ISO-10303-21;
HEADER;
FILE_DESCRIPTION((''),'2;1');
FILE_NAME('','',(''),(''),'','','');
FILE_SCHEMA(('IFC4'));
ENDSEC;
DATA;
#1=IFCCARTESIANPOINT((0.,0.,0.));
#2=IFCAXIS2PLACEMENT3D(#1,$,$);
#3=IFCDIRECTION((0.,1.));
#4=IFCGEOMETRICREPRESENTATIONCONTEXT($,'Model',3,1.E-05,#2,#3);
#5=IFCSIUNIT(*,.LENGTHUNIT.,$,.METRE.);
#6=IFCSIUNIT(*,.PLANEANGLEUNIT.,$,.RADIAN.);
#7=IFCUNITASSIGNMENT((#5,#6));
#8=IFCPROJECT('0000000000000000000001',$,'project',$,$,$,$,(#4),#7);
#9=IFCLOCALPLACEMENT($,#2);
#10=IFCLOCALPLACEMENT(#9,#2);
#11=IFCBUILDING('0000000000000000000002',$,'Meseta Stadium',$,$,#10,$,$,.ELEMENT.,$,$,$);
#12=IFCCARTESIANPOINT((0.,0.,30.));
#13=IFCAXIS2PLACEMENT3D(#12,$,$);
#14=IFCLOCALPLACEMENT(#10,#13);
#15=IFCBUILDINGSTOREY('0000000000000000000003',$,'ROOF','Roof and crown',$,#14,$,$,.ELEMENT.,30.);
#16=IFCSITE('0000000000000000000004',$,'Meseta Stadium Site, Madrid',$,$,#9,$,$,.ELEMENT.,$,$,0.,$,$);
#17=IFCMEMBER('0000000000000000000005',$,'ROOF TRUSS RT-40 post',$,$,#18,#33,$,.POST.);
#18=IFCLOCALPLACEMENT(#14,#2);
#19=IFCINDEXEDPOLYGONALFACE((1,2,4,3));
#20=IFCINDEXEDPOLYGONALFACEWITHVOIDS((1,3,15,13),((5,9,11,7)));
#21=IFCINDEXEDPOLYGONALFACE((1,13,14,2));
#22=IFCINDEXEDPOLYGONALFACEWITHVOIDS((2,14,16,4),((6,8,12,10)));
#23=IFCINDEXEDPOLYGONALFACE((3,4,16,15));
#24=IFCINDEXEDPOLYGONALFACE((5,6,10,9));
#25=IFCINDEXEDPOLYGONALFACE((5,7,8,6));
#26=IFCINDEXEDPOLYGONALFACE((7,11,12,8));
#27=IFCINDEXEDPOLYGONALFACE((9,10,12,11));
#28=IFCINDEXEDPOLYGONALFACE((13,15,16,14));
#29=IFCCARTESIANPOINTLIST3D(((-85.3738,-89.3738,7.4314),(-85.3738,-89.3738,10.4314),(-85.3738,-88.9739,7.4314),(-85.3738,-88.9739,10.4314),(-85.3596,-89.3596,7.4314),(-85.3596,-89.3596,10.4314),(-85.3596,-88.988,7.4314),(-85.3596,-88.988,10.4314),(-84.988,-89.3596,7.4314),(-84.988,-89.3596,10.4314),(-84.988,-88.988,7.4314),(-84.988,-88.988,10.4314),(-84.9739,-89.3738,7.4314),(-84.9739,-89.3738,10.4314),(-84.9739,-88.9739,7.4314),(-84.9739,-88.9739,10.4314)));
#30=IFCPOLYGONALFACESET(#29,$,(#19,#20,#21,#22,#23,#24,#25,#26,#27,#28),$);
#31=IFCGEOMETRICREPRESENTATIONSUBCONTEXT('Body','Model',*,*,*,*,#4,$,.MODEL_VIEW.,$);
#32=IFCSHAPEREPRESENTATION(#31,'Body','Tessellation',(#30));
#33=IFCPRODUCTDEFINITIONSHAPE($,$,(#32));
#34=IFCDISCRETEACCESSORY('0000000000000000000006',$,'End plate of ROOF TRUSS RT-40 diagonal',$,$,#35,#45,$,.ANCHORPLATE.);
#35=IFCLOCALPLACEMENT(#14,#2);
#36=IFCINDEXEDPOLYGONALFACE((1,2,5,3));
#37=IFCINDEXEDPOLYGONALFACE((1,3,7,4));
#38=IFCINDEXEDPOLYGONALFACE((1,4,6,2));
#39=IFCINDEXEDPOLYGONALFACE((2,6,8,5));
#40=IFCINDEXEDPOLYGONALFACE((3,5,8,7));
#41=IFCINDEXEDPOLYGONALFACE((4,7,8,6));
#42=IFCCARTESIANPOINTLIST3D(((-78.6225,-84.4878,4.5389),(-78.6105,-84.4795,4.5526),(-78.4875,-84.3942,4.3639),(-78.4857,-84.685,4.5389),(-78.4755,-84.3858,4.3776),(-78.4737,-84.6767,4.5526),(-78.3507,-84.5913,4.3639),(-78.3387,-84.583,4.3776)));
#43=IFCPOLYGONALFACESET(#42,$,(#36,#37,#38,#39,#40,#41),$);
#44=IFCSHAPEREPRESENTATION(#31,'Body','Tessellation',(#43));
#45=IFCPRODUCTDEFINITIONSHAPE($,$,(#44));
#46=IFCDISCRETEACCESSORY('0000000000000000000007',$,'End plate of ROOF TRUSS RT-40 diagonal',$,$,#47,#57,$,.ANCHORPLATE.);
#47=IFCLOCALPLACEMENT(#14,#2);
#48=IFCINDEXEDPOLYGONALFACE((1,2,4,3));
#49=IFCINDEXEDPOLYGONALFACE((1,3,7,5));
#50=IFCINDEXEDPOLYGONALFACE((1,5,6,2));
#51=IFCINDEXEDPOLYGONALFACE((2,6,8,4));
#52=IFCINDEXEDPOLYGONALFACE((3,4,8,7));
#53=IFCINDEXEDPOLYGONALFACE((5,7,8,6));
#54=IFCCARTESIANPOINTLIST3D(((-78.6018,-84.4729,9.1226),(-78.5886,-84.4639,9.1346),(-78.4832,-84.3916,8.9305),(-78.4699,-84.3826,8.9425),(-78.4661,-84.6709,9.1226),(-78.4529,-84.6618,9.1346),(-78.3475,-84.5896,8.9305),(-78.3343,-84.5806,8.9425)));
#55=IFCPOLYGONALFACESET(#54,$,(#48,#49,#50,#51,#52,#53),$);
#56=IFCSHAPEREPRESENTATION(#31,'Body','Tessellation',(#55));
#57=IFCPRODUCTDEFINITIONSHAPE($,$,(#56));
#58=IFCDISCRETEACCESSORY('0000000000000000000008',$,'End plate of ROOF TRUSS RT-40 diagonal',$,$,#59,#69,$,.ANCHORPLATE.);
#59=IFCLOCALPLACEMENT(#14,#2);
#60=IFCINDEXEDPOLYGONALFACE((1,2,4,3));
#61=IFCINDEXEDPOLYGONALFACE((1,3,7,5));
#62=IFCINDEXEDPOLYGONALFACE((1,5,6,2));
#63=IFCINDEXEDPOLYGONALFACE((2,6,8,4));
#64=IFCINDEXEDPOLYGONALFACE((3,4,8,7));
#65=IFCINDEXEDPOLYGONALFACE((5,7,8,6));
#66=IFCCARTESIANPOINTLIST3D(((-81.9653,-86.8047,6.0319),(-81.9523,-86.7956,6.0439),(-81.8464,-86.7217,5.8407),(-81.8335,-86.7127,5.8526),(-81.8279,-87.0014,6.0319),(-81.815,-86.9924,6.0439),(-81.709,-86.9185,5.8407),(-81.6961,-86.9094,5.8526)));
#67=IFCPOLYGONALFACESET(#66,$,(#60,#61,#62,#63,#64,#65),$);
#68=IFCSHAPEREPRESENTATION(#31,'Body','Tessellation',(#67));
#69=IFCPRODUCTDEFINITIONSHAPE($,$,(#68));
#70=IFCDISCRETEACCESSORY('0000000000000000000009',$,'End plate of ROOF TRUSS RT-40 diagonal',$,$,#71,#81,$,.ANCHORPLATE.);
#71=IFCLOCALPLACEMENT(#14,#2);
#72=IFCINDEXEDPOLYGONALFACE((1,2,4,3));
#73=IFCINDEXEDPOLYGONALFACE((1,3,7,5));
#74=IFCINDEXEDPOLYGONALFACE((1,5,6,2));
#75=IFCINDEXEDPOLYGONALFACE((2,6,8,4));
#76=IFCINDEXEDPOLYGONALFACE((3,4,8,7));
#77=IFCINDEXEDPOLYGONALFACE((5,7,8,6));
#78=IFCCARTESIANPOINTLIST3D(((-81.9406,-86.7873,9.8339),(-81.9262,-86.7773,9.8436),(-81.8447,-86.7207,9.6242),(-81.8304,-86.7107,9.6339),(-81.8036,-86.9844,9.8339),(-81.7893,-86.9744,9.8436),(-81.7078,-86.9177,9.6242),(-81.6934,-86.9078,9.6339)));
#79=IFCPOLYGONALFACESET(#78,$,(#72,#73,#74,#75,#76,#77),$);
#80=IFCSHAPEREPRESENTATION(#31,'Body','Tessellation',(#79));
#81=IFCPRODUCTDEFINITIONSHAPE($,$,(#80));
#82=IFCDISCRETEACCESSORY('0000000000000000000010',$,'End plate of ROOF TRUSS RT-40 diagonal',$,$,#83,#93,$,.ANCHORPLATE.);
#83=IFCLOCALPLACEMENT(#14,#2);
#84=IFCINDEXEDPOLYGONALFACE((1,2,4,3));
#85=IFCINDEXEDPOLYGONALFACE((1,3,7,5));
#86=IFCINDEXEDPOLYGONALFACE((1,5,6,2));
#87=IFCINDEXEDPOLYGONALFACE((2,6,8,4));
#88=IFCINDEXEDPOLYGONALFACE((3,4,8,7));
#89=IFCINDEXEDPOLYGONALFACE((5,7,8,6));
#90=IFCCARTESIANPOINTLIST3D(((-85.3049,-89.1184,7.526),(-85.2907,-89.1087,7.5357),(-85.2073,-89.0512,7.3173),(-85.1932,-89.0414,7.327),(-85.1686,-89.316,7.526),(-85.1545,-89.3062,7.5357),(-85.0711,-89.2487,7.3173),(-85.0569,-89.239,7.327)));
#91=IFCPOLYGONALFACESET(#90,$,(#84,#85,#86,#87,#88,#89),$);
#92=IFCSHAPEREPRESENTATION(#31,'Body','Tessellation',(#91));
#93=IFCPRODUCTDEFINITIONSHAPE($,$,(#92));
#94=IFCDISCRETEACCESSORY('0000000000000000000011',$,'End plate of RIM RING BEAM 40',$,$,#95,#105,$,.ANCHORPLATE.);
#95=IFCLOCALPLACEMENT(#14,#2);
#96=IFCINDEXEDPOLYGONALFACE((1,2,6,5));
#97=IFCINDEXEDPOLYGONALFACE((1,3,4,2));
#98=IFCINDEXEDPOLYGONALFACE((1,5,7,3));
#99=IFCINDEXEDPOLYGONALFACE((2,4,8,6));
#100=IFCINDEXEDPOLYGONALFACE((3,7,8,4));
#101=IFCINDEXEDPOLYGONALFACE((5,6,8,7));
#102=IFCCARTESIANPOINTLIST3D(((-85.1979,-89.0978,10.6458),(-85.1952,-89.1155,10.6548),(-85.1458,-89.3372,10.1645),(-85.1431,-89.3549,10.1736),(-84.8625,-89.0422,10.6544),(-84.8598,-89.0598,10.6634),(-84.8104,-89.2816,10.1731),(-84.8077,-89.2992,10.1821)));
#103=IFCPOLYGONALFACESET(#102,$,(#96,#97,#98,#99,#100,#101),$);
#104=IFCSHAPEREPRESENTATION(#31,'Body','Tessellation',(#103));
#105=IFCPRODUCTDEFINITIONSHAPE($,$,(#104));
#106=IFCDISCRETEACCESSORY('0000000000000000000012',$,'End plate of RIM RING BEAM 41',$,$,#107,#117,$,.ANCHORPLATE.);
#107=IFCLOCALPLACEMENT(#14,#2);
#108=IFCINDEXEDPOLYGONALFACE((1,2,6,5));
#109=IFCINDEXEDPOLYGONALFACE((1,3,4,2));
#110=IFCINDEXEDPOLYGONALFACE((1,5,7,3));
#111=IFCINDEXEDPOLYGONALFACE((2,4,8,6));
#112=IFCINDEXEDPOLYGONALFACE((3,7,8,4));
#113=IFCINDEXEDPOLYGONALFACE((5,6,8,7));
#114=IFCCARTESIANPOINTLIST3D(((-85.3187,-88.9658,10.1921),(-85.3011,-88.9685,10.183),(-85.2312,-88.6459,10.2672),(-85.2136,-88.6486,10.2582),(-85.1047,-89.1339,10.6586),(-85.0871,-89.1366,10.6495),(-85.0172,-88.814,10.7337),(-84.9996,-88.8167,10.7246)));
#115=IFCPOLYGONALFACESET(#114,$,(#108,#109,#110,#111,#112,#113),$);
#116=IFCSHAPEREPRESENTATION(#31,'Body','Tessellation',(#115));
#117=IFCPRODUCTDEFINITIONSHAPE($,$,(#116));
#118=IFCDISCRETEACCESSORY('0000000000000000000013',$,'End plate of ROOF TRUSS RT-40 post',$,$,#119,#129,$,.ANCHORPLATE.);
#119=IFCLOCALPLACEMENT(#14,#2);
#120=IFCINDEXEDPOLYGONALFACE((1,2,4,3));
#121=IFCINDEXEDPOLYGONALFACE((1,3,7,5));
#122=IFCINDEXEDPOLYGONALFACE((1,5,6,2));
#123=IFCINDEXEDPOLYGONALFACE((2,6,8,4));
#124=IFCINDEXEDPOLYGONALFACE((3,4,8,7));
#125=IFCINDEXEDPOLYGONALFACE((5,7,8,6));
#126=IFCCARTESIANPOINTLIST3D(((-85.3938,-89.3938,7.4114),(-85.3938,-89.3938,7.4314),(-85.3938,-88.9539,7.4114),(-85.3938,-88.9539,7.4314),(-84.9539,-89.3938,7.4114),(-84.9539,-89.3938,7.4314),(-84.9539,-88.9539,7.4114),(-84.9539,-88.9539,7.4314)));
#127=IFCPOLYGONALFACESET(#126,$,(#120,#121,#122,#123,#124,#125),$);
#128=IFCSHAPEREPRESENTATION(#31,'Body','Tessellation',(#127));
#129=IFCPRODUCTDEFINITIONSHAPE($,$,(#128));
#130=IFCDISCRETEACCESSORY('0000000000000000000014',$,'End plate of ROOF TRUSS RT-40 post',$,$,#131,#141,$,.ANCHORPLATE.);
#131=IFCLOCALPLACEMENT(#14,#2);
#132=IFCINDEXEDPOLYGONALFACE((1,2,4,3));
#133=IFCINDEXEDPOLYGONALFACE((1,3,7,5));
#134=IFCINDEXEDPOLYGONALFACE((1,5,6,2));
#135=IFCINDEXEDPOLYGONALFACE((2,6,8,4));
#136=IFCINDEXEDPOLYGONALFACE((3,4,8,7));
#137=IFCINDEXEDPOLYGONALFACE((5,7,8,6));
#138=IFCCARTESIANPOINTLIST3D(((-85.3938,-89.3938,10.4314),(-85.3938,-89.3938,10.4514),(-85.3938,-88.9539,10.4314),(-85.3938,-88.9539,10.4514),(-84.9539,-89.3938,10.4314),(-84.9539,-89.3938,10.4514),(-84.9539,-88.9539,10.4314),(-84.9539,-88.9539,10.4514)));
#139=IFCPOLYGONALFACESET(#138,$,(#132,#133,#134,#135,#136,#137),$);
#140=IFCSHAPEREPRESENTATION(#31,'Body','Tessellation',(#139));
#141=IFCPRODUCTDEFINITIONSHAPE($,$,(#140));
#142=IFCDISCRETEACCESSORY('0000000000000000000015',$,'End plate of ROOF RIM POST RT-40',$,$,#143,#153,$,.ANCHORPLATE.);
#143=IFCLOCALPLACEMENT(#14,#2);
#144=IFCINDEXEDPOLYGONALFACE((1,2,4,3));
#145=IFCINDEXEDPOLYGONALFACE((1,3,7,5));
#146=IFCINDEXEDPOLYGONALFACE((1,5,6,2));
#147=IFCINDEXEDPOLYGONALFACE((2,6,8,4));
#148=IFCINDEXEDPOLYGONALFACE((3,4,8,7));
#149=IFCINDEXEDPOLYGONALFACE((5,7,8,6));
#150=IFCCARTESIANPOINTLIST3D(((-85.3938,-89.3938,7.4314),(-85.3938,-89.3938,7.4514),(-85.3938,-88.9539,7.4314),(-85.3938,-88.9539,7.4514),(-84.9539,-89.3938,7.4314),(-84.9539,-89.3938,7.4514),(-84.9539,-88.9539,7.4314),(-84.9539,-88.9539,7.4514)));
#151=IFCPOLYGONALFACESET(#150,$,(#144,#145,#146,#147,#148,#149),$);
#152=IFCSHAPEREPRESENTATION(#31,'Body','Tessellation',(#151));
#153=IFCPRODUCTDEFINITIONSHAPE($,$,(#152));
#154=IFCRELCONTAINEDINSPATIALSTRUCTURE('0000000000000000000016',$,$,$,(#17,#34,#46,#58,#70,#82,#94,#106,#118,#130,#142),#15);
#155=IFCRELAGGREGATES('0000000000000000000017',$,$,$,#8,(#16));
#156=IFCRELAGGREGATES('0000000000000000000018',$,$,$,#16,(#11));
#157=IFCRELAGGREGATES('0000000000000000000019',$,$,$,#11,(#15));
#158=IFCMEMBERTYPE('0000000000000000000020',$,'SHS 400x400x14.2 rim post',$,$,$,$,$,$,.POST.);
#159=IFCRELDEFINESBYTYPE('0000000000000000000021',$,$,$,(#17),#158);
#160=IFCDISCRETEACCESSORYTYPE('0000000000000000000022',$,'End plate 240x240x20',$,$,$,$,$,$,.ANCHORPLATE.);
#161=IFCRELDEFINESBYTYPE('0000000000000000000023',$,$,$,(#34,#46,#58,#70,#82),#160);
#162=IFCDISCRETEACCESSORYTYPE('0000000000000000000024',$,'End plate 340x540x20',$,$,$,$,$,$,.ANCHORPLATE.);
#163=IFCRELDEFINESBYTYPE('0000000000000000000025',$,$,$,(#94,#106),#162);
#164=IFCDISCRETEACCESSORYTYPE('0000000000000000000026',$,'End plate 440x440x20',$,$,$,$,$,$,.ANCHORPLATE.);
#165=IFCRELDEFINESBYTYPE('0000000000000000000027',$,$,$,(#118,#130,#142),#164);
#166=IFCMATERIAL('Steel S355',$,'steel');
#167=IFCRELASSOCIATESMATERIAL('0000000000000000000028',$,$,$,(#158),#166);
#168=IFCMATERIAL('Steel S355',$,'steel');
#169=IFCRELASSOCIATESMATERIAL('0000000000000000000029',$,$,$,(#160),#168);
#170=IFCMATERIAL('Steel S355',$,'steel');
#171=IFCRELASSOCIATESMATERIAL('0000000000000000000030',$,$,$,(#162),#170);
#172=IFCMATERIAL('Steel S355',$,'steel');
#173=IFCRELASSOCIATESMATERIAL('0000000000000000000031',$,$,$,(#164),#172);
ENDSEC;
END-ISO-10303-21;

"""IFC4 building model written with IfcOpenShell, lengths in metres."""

from ifc_helpers import new_model, si_unit, direction, frame, origin, origin_2d, place, context, subcontext, project, spatial, rectangle, hollow_rectangle, extrude, material, material_profile, profile_set, type_object, element, save


model = new_model("IFC4")

# Units and contexts
model_context = context("Model", 3, precision=1e-05, world=origin(), true_north=direction((0.0, 1.0)))
body_context = subcontext(model_context, "Body", "Model", "MODEL_VIEW")
ifc_project = project(units=[si_unit("LENGTHUNIT", "METRE"), si_unit("PLANEANGLEUNIT", "RADIAN")], contexts=[model_context])

# Site, building, storey
site_placement = place(None, origin())
site = spatial("IfcSite", under=ifc_project, at=site_placement, Name="Meseta Stadium Site, Madrid", CompositionType="ELEMENT", RefElevation=0.0)
building_placement = place(site_placement, origin())
building = spatial("IfcBuilding", under=site, at=building_placement, Name="Meseta Stadium", CompositionType="ELEMENT")
storey_placement = place(building_placement, frame((0.0, 0.0, 30.0)))
storey = spatial("IfcBuildingStorey", under=building, at=storey_placement, Name="ROOF", Description="Roof and crown", CompositionType="ELEMENT", Elevation=30.0)

# Member
ifc_material_1 = material(Name="Steel S355", Category="steel")
ifc_material_profile_1 = material_profile(ifc_material_1, hollow_rectangle(XDim=0.3999, YDim=0.3999, WallThickness=0.0142, at=origin_2d()), Name="SHS 400x400x14.2")
ifc_profile_set_1 = profile_set([ifc_material_profile_1], Name="Steel S355")
member_type_1 = type_object("IfcMemberType", Name="SHS 400x400x14.2 rim post", PredefinedType="POST", material=ifc_profile_set_1)
member_1_placement = place(storey_placement, frame((-85.1738, -89.1738, 7.4314), z_axis=(0.0, 0.0, 1.0), x_axis=(1.0, 0.0, 0.0)))
element("IfcMember", 1, at=member_1_placement, inside=storey, type_object=member_type_1, Name="ROOF TRUSS RT-40 post", PredefinedType="POST", context=body_context, shape_type="SweptSolid", body=[
    extrude(hollow_rectangle(XDim=0.3999, YDim=0.3999, WallThickness=0.0142, at=origin_2d()), origin(), (0.0, 0.0, 1.0), 3.0),
])

# Discrete accessories
ifc_material_2 = material(Name="Steel S355", Category="steel")
ifc_material_profile_2 = material_profile(ifc_material_2, rectangle(XDim=0.24, YDim=0.24, at=origin_2d()), Name="PL 240x240")
ifc_profile_set_2 = profile_set([ifc_material_profile_2], Name="Steel S355")
discrete_accessory_type_1 = type_object("IfcDiscreteAccessoryType", Name="End plate 240x240x20", PredefinedType="ANCHORPLATE", material=ifc_profile_set_2)
for number, where, z_axis, x_axis, name in (
    (2, (-78.4746, -84.5312, 4.4651), (-0.598943, -0.415593, -0.684507), (0.570082, -0.821588, 0.0), "End plate of ROOF TRUSS RT-40 diagonal"),
    (3, (-78.4614, -84.5222, 9.0386), (-0.660405, -0.4525, -0.599257), (0.565231, -0.824932, 0.0), "End plate of ROOF TRUSS RT-40 diagonal"),
):
    element("IfcDiscreteAccessory", number, at=place(storey_placement, frame(where, z_axis=z_axis, x_axis=x_axis)), inside=storey, type_object=discrete_accessory_type_1, Name=name, PredefinedType="ANCHORPLATE", context=body_context, shape_type="SweptSolid", body=[
        extrude(rectangle(XDim=0.24, YDim=0.24, at=origin_2d()), origin(), (0.0, 0.0, 1.0), 0.02),
    ])
discrete_accessory_1_placement = place(storey_placement, frame((-81.8242, -86.8525, 5.9482), z_axis=(-0.653425, -0.456165, -0.60411), x_axis=(0.572424, -0.819958, 0.0)))
element("IfcDiscreteAccessory", 4, at=discrete_accessory_1_placement, inside=storey, type_object=discrete_accessory_type_1, Name="End plate of ROOF TRUSS RT-40 diagonal", PredefinedType="ANCHORPLATE", context=body_context, shape_type="SweptSolid", body=[
    extrude(rectangle(XDim=0.24, YDim=0.24, at=origin_2d()), origin(), (0.0, 0.0, 1.0), 0.0198),
])
discrete_accessory_2_placement = place(storey_placement, frame((-81.8098, -86.8425, 9.7388), z_axis=(-0.717488, -0.498593, -0.486432), x_axis=(0.570657, -0.821189, 0.0)))
element("IfcDiscreteAccessory", 5, at=discrete_accessory_2_placement, inside=storey, type_object=discrete_accessory_type_1, Name="End plate of ROOF TRUSS RT-40 diagonal", PredefinedType="ANCHORPLATE", context=body_context, shape_type="SweptSolid", body=[
    extrude(rectangle(XDim=0.24, YDim=0.24, at=origin_2d()), origin(), (0.0, 0.0, 1.0), 0.02),
])
discrete_accessory_3_placement = place(storey_placement, frame((-85.1738, -89.1738, 7.4314), z_axis=(-0.715886, -0.493714, -0.493714), x_axis=(0.567733, -0.823213, 0.0)))
element("IfcDiscreteAccessory", 6, at=discrete_accessory_3_placement, inside=storey, type_object=discrete_accessory_type_1, Name="End plate of ROOF TRUSS RT-40 diagonal", PredefinedType="ANCHORPLATE", context=body_context, shape_type="SweptSolid", body=[
    extrude(rectangle(XDim=0.24, YDim=0.24, at=origin_2d()), origin(), (0.0, 0.0, 1.0), 0.0198),
])
ifc_material_3 = material(Name="Steel S355", Category="steel")
ifc_material_profile_3 = material_profile(ifc_material_3, rectangle(XDim=0.3401, YDim=0.54, at=origin_2d()), Name="PL 340x540")
ifc_profile_set_3 = profile_set([ifc_material_profile_3], Name="Steel S355")
discrete_accessory_type_2 = type_object("IfcDiscreteAccessoryType", Name="End plate 340x540x20", PredefinedType="ANCHORPLATE", material=ifc_profile_set_3)
for number, where, z_axis, x_axis, name in (
    (7, (-85.0042, -89.1897, 10.4094), (0.134648, -0.881332, 0.452907), (0.986199, 0.163633, 0.025226), "End plate of RIM RING BEAM 40"),
    (8, (-85.168, -88.8899, 10.4629), (0.881332, -0.134648, -0.452907), (0.257256, 0.940751, 0.220923), "End plate of RIM RING BEAM 41"),
):
    element("IfcDiscreteAccessory", number, at=place(storey_placement, frame(where, z_axis=z_axis, x_axis=x_axis)), inside=storey, type_object=discrete_accessory_type_2, Name=name, PredefinedType="ANCHORPLATE", context=body_context, shape_type="SweptSolid", body=[
        extrude(rectangle(XDim=0.3401, YDim=0.54, at=origin_2d()), origin(), (0.0, 0.0, 1.0), 0.02),
    ])
ifc_material_4 = material(Name="Steel S355", Category="steel")
ifc_material_profile_4 = material_profile(ifc_material_4, rectangle(XDim=0.4399, YDim=0.4399, at=origin_2d()), Name="PL 440x440")
ifc_profile_set_4 = profile_set([ifc_material_profile_4], Name="Steel S355")
discrete_accessory_type_3 = type_object("IfcDiscreteAccessoryType", Name="End plate 440x440x20", PredefinedType="ANCHORPLATE", material=ifc_profile_set_4)
for number, where, z_axis, x_axis, name in (
    (9, (-85.1738, -89.1738, 7.4114), (0.0, 0.0, 1.0), (1.0, 0.0, 0.0), "End plate of ROOF TRUSS RT-40 post"),
    (10, (-85.1738, -89.1738, 10.4314), (0.0, 0.0, 1.0), (1.0, 0.0, 0.0), "End plate of ROOF TRUSS RT-40 post"),
    (11, (-85.1738, -89.1738, 7.4314), (0.0, 0.0, 1.0), (1.0, 0.0, 0.0), "End plate of ROOF RIM POST RT-40"),
):
    element("IfcDiscreteAccessory", number, at=place(storey_placement, frame(where, z_axis=z_axis, x_axis=x_axis)), inside=storey, type_object=discrete_accessory_type_3, Name=name, PredefinedType="ANCHORPLATE", context=body_context, shape_type="SweptSolid", body=[
        extrude(rectangle(XDim=0.4399, YDim=0.4399, at=origin_2d()), origin(), (0.0, 0.0, 1.0), 0.02),
    ])

save(model, "model.ifc")
